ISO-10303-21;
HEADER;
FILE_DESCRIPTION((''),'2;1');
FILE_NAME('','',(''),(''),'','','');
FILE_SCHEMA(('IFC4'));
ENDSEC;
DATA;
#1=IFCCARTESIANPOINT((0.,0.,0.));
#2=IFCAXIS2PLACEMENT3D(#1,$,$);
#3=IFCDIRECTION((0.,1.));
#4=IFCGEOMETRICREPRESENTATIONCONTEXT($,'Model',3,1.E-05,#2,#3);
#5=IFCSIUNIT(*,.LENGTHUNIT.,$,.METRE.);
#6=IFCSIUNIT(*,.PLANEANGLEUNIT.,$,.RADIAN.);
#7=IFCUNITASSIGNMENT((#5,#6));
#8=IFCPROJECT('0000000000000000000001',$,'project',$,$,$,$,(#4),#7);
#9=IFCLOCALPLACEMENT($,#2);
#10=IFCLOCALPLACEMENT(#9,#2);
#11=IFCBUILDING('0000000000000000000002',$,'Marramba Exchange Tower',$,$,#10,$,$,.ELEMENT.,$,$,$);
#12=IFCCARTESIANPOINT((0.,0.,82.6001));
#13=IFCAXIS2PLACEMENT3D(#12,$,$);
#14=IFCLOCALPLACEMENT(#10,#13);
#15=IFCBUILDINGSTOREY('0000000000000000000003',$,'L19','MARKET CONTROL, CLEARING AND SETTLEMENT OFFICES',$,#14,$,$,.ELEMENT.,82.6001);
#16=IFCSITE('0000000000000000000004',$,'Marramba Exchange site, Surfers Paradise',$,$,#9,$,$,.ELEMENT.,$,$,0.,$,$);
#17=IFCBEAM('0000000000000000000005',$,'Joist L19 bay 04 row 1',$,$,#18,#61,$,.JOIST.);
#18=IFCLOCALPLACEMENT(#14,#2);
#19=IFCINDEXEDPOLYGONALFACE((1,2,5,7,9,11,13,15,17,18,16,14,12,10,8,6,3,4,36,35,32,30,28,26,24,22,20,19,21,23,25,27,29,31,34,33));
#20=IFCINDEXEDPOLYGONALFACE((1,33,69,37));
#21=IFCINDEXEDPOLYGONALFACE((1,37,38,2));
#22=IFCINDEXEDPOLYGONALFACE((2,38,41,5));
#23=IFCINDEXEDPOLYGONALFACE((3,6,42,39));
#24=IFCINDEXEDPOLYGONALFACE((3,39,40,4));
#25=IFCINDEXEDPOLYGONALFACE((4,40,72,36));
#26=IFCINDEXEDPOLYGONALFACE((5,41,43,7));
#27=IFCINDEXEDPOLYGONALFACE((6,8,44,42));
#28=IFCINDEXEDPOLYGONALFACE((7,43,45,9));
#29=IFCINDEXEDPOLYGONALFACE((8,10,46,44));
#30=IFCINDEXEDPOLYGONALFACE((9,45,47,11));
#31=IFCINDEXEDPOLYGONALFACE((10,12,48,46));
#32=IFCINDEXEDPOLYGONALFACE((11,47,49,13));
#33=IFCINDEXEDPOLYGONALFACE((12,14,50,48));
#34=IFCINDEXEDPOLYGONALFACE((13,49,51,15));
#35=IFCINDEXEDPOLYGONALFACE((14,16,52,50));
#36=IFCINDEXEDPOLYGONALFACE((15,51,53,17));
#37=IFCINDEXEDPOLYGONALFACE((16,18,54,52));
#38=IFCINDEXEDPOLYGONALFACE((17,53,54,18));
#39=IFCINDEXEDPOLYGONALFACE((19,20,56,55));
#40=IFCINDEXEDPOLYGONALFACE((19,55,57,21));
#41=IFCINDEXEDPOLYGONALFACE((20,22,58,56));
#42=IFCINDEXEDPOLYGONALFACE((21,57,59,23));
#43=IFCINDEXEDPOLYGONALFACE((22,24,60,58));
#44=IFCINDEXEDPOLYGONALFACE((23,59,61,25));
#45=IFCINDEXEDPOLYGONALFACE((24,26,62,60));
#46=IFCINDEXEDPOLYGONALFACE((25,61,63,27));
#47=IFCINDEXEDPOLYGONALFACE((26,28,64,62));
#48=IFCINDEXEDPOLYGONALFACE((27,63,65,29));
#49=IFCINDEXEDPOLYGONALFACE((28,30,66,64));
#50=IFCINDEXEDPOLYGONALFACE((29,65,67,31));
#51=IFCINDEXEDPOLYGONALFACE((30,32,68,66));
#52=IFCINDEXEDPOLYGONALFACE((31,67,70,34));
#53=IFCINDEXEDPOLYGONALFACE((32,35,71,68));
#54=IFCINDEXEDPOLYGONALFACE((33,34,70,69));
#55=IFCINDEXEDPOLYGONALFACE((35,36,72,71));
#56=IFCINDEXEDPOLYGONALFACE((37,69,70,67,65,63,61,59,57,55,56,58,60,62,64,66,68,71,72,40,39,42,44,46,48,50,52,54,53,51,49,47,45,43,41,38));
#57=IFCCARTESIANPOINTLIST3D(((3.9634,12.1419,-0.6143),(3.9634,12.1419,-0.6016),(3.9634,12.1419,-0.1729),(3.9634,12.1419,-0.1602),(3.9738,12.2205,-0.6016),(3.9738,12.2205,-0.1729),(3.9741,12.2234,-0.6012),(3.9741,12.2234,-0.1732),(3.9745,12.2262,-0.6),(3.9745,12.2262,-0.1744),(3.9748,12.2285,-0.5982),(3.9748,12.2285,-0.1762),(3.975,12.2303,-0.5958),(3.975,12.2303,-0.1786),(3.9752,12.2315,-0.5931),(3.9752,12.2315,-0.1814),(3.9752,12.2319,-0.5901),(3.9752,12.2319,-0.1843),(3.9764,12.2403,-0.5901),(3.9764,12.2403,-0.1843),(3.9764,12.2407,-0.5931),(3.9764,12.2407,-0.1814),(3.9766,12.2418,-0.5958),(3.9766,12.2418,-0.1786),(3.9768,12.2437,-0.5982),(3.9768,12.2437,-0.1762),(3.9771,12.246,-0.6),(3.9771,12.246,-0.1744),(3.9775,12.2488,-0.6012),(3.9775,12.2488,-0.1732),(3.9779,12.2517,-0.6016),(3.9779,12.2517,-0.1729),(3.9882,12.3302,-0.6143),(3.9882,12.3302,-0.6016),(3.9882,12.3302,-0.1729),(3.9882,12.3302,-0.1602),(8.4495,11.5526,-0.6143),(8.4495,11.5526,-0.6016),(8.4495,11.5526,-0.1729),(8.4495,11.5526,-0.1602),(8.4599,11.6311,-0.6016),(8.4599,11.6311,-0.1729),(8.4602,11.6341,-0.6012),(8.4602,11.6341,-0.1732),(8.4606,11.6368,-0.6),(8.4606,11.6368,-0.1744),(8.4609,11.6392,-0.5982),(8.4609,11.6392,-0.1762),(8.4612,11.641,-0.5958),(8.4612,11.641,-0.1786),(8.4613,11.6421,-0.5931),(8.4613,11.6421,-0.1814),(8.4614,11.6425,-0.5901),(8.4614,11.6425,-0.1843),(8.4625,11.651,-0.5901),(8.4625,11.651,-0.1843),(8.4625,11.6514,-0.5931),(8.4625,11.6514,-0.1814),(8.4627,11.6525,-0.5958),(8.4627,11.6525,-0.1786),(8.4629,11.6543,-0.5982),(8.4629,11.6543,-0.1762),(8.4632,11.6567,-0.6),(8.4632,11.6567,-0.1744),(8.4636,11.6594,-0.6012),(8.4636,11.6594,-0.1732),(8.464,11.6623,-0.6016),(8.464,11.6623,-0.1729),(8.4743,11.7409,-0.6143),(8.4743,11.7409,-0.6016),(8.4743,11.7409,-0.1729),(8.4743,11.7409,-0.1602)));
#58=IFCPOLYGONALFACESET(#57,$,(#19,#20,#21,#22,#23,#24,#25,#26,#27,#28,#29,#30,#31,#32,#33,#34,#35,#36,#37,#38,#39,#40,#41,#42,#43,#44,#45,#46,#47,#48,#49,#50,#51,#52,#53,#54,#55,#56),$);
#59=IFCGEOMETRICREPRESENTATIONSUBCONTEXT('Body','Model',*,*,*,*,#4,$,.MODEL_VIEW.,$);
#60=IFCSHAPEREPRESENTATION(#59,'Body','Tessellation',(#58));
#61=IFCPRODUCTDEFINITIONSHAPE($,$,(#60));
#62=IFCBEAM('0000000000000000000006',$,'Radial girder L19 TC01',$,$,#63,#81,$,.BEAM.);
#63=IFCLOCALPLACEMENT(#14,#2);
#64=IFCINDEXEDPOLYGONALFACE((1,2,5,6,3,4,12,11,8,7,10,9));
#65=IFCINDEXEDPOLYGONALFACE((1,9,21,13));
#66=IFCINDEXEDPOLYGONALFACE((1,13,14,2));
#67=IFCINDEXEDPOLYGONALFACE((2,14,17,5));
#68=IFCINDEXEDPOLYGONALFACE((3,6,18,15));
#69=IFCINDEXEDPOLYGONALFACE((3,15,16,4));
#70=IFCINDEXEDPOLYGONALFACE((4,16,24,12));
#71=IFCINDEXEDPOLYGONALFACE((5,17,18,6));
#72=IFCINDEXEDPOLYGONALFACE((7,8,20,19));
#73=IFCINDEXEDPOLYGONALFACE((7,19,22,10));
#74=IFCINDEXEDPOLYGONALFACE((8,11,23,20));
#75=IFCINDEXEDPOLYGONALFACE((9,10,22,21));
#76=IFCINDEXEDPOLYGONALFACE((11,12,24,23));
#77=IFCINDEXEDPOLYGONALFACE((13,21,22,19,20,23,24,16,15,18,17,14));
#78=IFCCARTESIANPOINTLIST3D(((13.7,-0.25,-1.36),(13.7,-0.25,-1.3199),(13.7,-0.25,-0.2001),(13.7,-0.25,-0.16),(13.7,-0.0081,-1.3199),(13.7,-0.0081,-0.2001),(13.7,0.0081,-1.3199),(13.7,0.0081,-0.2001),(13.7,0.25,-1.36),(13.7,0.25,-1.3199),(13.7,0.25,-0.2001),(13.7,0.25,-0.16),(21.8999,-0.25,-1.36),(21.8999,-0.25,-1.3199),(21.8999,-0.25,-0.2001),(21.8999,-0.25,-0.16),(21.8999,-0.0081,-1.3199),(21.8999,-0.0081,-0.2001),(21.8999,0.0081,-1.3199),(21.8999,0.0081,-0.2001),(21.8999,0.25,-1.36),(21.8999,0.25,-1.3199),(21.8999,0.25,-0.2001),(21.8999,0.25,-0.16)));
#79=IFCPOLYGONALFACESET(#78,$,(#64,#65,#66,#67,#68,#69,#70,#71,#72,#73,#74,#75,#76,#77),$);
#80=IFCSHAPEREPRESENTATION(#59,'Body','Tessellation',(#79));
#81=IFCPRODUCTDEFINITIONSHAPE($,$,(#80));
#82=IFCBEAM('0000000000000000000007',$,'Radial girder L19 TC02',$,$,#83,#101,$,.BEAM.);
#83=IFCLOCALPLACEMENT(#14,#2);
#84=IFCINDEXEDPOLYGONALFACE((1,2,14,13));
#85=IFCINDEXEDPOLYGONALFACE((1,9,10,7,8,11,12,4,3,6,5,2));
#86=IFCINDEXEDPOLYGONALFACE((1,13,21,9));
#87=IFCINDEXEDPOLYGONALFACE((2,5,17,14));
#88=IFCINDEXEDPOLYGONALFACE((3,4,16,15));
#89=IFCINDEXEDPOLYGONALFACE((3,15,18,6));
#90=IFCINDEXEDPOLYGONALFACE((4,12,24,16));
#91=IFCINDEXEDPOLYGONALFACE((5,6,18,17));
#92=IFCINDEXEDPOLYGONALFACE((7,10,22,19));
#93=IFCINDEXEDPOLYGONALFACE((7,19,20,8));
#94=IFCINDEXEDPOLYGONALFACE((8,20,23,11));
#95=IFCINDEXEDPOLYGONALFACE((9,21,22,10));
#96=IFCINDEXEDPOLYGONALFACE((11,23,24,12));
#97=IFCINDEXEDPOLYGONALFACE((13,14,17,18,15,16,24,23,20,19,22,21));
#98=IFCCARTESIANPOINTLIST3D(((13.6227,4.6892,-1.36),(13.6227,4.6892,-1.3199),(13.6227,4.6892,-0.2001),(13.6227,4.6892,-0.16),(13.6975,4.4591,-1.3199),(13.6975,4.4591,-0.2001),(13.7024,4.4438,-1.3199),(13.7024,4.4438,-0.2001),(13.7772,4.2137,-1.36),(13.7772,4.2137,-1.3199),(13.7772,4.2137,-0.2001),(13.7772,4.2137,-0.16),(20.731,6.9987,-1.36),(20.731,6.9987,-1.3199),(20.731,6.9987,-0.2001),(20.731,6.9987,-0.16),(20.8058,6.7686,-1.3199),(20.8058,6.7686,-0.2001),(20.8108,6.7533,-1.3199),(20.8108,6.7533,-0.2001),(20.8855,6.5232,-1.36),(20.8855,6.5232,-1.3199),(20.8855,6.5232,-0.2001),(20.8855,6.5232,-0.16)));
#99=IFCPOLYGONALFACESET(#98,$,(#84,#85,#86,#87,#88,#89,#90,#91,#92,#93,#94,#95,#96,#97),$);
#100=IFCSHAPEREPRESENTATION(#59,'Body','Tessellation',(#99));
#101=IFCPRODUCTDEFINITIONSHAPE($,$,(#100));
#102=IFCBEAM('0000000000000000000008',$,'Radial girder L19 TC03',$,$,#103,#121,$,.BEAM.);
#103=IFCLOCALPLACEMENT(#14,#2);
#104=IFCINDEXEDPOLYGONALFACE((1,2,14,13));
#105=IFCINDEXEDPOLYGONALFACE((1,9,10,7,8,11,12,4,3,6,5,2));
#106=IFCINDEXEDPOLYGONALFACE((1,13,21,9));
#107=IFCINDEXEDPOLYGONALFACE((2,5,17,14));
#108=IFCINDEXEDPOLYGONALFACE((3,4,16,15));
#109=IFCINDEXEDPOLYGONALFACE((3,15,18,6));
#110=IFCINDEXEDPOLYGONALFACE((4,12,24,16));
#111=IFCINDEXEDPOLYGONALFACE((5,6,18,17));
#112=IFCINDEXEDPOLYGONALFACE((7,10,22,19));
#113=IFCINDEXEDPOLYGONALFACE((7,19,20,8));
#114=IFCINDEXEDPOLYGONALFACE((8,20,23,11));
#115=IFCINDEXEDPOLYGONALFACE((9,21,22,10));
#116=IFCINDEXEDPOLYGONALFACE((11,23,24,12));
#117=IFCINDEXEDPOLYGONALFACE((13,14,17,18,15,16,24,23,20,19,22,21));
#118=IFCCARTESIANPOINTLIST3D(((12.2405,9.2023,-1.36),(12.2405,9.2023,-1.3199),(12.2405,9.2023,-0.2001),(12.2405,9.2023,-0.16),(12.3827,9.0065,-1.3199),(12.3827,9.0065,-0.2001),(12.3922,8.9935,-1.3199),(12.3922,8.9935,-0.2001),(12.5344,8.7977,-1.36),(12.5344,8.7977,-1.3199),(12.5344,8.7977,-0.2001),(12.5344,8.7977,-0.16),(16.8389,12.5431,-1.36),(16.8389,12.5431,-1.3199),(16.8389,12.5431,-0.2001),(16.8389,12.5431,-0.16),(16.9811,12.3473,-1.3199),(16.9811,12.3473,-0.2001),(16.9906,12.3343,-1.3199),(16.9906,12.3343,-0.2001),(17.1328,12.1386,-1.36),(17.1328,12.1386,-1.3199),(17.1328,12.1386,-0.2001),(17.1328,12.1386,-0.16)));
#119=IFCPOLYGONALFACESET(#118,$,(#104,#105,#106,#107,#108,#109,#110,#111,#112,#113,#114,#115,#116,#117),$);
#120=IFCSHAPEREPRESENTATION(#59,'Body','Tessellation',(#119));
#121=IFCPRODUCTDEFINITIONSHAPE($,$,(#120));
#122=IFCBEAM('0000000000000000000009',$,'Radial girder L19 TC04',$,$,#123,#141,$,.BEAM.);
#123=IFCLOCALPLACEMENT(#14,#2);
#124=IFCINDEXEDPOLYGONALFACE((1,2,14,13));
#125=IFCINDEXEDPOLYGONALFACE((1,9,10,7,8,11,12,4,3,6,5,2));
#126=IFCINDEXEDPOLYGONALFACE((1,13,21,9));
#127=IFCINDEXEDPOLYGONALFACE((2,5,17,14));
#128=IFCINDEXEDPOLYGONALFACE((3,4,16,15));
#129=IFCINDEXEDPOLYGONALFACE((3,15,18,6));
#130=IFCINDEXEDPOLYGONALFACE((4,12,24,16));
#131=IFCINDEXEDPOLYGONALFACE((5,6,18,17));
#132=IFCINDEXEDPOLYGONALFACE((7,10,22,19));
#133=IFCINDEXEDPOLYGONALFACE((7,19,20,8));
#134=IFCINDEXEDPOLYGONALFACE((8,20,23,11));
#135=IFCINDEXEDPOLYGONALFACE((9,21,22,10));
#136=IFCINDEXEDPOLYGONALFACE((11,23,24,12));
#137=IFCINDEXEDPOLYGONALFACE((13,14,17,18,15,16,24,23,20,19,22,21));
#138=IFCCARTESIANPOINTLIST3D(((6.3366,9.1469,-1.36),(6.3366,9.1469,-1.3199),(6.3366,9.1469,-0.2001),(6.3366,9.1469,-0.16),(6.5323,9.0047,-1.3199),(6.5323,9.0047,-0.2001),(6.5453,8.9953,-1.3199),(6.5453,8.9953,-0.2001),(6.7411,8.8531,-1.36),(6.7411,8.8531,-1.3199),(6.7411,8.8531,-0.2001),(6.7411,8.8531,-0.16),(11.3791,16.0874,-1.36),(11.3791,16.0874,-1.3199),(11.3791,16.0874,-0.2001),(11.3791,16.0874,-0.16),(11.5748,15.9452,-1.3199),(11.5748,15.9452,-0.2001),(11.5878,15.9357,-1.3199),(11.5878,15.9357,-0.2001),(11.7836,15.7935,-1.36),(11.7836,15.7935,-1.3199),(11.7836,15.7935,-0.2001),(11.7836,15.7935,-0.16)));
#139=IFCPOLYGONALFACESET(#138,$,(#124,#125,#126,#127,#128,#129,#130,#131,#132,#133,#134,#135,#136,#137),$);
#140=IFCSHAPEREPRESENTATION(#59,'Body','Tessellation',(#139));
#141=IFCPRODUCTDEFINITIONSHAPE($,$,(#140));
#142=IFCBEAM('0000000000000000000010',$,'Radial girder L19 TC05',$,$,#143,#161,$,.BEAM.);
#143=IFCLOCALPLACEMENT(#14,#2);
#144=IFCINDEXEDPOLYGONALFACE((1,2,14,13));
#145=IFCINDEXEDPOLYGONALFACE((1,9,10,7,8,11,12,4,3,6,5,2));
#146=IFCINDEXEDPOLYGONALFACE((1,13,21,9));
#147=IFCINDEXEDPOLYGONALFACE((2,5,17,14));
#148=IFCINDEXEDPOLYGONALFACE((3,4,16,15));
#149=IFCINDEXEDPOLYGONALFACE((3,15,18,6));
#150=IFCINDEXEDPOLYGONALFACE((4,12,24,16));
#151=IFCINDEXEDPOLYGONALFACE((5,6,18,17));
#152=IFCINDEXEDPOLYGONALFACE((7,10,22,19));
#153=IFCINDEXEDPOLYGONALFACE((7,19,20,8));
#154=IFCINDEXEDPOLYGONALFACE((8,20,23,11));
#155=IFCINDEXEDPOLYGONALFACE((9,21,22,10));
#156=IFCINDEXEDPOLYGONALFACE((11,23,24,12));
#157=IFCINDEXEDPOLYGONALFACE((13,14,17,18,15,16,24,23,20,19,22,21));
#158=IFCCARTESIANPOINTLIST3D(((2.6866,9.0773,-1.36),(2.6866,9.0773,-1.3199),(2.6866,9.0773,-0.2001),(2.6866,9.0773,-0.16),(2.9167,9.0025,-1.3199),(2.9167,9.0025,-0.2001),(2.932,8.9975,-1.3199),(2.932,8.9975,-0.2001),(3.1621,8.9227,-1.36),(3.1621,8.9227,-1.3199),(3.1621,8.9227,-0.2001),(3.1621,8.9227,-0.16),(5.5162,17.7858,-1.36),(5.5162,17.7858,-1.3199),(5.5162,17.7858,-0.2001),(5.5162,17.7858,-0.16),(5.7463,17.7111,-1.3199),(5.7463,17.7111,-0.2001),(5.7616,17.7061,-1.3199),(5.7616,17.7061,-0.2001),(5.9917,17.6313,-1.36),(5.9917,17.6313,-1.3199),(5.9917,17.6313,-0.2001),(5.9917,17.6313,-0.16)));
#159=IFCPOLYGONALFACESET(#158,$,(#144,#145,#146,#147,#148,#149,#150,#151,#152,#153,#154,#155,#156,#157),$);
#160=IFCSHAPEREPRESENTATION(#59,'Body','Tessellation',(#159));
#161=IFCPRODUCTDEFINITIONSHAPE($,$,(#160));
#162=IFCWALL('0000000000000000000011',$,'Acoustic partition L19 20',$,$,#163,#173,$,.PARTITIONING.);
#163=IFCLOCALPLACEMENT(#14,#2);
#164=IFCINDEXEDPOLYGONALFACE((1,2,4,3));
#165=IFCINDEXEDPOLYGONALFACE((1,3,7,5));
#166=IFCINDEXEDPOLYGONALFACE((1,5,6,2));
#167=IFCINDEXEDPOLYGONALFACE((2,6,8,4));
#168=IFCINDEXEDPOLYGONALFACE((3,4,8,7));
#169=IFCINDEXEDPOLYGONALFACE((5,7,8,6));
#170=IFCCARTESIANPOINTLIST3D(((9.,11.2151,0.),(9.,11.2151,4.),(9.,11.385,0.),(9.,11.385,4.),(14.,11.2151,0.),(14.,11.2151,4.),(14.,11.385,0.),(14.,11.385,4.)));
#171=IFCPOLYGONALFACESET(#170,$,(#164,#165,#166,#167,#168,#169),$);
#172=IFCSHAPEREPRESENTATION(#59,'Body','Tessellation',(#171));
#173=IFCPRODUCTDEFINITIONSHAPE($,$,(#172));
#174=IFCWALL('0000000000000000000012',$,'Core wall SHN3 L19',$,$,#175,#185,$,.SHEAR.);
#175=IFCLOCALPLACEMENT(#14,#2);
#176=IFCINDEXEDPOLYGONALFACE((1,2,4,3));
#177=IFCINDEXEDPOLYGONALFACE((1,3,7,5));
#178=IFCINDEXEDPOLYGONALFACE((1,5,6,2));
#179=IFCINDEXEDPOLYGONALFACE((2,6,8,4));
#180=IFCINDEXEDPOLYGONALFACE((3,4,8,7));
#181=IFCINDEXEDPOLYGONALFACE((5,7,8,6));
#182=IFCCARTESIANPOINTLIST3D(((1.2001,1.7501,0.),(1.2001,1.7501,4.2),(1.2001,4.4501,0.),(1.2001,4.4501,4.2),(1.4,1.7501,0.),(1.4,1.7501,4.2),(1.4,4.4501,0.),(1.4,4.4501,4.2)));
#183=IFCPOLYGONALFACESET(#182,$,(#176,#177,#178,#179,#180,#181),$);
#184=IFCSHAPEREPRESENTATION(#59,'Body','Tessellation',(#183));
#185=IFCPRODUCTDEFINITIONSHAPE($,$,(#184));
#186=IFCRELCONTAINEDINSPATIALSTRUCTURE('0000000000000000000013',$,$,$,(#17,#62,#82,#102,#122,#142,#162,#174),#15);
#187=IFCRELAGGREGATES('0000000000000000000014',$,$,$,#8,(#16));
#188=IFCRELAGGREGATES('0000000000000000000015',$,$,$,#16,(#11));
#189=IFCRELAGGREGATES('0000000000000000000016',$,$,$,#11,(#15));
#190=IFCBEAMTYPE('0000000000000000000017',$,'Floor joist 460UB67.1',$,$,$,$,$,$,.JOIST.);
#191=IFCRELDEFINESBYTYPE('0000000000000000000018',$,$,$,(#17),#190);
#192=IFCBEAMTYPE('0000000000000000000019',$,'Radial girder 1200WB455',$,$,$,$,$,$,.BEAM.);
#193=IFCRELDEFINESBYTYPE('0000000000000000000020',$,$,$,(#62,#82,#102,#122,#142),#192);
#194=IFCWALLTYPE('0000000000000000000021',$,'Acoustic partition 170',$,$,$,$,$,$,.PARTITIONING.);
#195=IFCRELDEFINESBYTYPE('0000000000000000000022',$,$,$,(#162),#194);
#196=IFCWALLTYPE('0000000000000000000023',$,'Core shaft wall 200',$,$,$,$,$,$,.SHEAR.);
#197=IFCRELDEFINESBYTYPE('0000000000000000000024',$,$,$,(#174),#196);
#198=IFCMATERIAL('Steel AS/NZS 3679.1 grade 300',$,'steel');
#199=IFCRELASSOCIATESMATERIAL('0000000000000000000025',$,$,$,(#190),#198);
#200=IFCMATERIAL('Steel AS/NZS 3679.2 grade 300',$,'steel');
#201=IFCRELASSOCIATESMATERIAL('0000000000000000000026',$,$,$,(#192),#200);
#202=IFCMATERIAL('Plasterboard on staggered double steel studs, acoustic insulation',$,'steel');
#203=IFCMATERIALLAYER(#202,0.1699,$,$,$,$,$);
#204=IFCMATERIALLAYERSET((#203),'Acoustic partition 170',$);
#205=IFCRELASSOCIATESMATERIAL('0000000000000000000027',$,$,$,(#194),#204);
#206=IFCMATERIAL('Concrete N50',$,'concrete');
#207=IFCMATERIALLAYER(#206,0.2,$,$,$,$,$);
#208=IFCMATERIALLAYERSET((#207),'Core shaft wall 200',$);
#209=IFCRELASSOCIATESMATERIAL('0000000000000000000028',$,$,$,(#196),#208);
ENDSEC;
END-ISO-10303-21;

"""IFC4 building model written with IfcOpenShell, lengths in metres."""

from ifc_helpers import new_model, si_unit, direction, frame, frame_2d, origin, origin_2d, place, context, subcontext, project, spatial, rectangle, i_section, extrude, material, layer, layer_set, material_profile, profile_set, type_object, element, save


model = new_model("IFC4")

# Units and contexts
model_context = context("Model", 3, precision=1e-05, world=origin(), true_north=direction((0.0, 1.0)))
body_context = subcontext(model_context, "Body", "Model", "MODEL_VIEW")
ifc_project = project(units=[si_unit("LENGTHUNIT", "METRE"), si_unit("PLANEANGLEUNIT", "RADIAN")], contexts=[model_context])

# Site, building, storey
site_placement = place(None, origin())
site = spatial("IfcSite", under=ifc_project, at=site_placement, Name="Marramba Exchange site, Surfers Paradise", CompositionType="ELEMENT", RefElevation=0.0)
building_placement = place(site_placement, origin())
building = spatial("IfcBuilding", under=site, at=building_placement, Name="Marramba Exchange Tower", CompositionType="ELEMENT")
storey_placement = place(building_placement, frame((0.0, 0.0, 82.6001)))
storey = spatial("IfcBuildingStorey", under=building, at=storey_placement, Name="L19", Description="MARKET CONTROL, CLEARING AND SETTLEMENT OFFICES", CompositionType="ELEMENT", Elevation=82.6001)

# Beams
ifc_material_1 = material(Name="Steel AS/NZS 3679.1 grade 300", Category="steel")
ifc_material_profile_1 = material_profile(ifc_material_1, i_section(OverallWidth=0.1899, OverallDepth=0.4541, WebThickness=0.0085, FlangeThickness=0.0127, FilletRadius=0.0115, at=origin_2d()), Name="460UB67.1")
ifc_profile_set_1 = profile_set([ifc_material_profile_1], Name="Steel AS/NZS 3679.1 grade 300")
beam_type_1 = type_object("IfcBeamType", Name="Floor joist 460UB67.1", PredefinedType="JOIST", material=ifc_profile_set_1)
beam_1_placement = place(storey_placement, frame((8.4619, 11.6467, -0.3872), z_axis=(-0.991481, 0.130255, 0.0), x_axis=(-0.130255, -0.991481, 0.0)))
element("IfcBeam", 1, at=beam_1_placement, inside=storey, type_object=beam_type_1, Name="Joist L19 bay 04 row 1", PredefinedType="JOIST", context=body_context, shape_type="SweptSolid", body=[
    extrude(i_section(OverallWidth=0.1899, OverallDepth=0.4541, WebThickness=0.0085, FlangeThickness=0.0127, FilletRadius=0.0115, at=origin_2d()), origin(), (0.0, 0.0, 1.0), 4.5247),
])
ifc_material_2 = material(Name="Steel AS/NZS 3679.2 grade 300", Category="steel")
ifc_material_profile_2 = material_profile(ifc_material_2, i_section(OverallWidth=0.5, OverallDepth=1.2, WebThickness=0.0161, FlangeThickness=0.04, at=origin_2d()), Name="1200WB455")
ifc_profile_set_2 = profile_set([ifc_material_profile_2], Name="Steel AS/NZS 3679.2 grade 300")
beam_type_2 = type_object("IfcBeamType", Name="Radial girder 1200WB455", PredefinedType="BEAM", material=ifc_profile_set_2)
beam_2_placement = place(storey_placement, frame((13.7, 0.0, -0.76), z_axis=(1.0, 0.0, 0.0), x_axis=(0.0, 1.0, 0.0)))
element("IfcBeam", 2, at=beam_2_placement, inside=storey, type_object=beam_type_2, Name="Radial girder L19 TC01", PredefinedType="BEAM", context=body_context, shape_type="SweptSolid", body=[
    extrude(i_section(OverallWidth=0.5, OverallDepth=1.2, WebThickness=0.0161, FlangeThickness=0.04, at=origin_2d()), origin(), (0.0, 0.0, 1.0), 8.2),
])
beam_3_placement = place(storey_placement, frame((13.7, 4.4514, -0.76), z_axis=(0.95106, 0.309006, 0.0), x_axis=(-0.309006, 0.95106, 0.0)))
element("IfcBeam", 3, at=beam_3_placement, inside=storey, type_object=beam_type_2, Name="Radial girder L19 TC02", PredefinedType="BEAM", context=body_context, shape_type="SweptSolid", body=[
    extrude(i_section(OverallWidth=0.5, OverallDepth=1.2, WebThickness=0.0161, FlangeThickness=0.04, at=origin_2d()), origin(), (0.0, 0.0, 1.0), 7.4741),
])
beam_4_placement = place(storey_placement, frame((12.3875, 9.0, -0.76), z_axis=(0.809026, 0.587773, 0.0), x_axis=(-0.587773, 0.809026, 0.0)))
element("IfcBeam", 4, at=beam_4_placement, inside=storey, type_object=beam_type_2, Name="Radial girder L19 TC03", PredefinedType="BEAM", context=body_context, shape_type="SweptSolid", body=[
    extrude(i_section(OverallWidth=0.5, OverallDepth=1.2, WebThickness=0.0161, FlangeThickness=0.04, at=origin_2d()), origin(), (0.0, 0.0, 1.0), 5.6838),
])
beam_5_placement = place(storey_placement, frame((6.5388, 9.0, -0.76), z_axis=(0.587782, 0.809019, 0.0), x_axis=(-0.809019, 0.587782, 0.0)))
element("IfcBeam", 5, at=beam_5_placement, inside=storey, type_object=beam_type_2, Name="Radial girder L19 TC04", PredefinedType="BEAM", context=body_context, shape_type="SweptSolid", body=[
    extrude(i_section(OverallWidth=0.5, OverallDepth=1.2, WebThickness=0.0161, FlangeThickness=0.04, at=origin_2d()), origin(), (0.0, 0.0, 1.0), 8.5789),
])
beam_6_placement = place(storey_placement, frame((2.9243, 9.0, -0.76), z_axis=(0.30902, 0.951056, 0.0), x_axis=(-0.951056, 0.30902, 0.0)))
element("IfcBeam", 6, at=beam_6_placement, inside=storey, type_object=beam_type_2, Name="Radial girder L19 TC05", PredefinedType="BEAM", context=body_context, shape_type="SweptSolid", body=[
    extrude(i_section(OverallWidth=0.5, OverallDepth=1.2, WebThickness=0.0161, FlangeThickness=0.04, at=origin_2d()), origin(), (0.0, 0.0, 1.0), 9.1567),
])

# Walls
ifc_material_3 = material(Name="Plasterboard on staggered double steel studs, acoustic insulation", Category="steel")
ifc_layer_1 = layer(ifc_material_3, 0.1699)
ifc_layer_set_1 = layer_set([ifc_layer_1], Name="Acoustic partition 170")
wall_type_1 = type_object("IfcWallType", Name="Acoustic partition 170", PredefinedType="PARTITIONING", material=ifc_layer_set_1)
wall_1_placement = place(storey_placement, frame((9.0, 11.3, 0.0), z_axis=(0.0, 0.0, 1.0), x_axis=(1.0, 0.0, 0.0)))
element("IfcWall", 7, at=wall_1_placement, inside=storey, type_object=wall_type_1, Name="Acoustic partition L19 20", PredefinedType="PARTITIONING", context=body_context, shape_type="SweptSolid", body=[
    extrude(rectangle(XDim=5.0, YDim=0.1699, at=frame_2d((2.5, 0.0))), origin(), (0.0, 0.0, 1.0), 4.0),
])
ifc_material_4 = material(Name="Concrete N50", Category="concrete")
ifc_layer_2 = layer(ifc_material_4, 0.2)
ifc_layer_set_2 = layer_set([ifc_layer_2], Name="Core shaft wall 200")
wall_type_2 = type_object("IfcWallType", Name="Core shaft wall 200", PredefinedType="SHEAR", material=ifc_layer_set_2)
for number, where, z_axis, x_axis, name in (
    (8, (1.3, 1.75, 0.0), (0.0, 0.0, 1.0), (0.0, 1.0, 0.0), "Core wall SHN3 L19"),
):
    element("IfcWall", number, at=place(storey_placement, frame(where, z_axis=z_axis, x_axis=x_axis)), inside=storey, type_object=wall_type_2, Name=name, PredefinedType="SHEAR", context=body_context, shape_type="SweptSolid", body=[
        extrude(rectangle(XDim=2.7, YDim=0.2, at=frame_2d((1.3501, 0.0))), origin(), (0.0, 0.0, 1.0), 4.2),
    ])

save(model, "model.ifc")
